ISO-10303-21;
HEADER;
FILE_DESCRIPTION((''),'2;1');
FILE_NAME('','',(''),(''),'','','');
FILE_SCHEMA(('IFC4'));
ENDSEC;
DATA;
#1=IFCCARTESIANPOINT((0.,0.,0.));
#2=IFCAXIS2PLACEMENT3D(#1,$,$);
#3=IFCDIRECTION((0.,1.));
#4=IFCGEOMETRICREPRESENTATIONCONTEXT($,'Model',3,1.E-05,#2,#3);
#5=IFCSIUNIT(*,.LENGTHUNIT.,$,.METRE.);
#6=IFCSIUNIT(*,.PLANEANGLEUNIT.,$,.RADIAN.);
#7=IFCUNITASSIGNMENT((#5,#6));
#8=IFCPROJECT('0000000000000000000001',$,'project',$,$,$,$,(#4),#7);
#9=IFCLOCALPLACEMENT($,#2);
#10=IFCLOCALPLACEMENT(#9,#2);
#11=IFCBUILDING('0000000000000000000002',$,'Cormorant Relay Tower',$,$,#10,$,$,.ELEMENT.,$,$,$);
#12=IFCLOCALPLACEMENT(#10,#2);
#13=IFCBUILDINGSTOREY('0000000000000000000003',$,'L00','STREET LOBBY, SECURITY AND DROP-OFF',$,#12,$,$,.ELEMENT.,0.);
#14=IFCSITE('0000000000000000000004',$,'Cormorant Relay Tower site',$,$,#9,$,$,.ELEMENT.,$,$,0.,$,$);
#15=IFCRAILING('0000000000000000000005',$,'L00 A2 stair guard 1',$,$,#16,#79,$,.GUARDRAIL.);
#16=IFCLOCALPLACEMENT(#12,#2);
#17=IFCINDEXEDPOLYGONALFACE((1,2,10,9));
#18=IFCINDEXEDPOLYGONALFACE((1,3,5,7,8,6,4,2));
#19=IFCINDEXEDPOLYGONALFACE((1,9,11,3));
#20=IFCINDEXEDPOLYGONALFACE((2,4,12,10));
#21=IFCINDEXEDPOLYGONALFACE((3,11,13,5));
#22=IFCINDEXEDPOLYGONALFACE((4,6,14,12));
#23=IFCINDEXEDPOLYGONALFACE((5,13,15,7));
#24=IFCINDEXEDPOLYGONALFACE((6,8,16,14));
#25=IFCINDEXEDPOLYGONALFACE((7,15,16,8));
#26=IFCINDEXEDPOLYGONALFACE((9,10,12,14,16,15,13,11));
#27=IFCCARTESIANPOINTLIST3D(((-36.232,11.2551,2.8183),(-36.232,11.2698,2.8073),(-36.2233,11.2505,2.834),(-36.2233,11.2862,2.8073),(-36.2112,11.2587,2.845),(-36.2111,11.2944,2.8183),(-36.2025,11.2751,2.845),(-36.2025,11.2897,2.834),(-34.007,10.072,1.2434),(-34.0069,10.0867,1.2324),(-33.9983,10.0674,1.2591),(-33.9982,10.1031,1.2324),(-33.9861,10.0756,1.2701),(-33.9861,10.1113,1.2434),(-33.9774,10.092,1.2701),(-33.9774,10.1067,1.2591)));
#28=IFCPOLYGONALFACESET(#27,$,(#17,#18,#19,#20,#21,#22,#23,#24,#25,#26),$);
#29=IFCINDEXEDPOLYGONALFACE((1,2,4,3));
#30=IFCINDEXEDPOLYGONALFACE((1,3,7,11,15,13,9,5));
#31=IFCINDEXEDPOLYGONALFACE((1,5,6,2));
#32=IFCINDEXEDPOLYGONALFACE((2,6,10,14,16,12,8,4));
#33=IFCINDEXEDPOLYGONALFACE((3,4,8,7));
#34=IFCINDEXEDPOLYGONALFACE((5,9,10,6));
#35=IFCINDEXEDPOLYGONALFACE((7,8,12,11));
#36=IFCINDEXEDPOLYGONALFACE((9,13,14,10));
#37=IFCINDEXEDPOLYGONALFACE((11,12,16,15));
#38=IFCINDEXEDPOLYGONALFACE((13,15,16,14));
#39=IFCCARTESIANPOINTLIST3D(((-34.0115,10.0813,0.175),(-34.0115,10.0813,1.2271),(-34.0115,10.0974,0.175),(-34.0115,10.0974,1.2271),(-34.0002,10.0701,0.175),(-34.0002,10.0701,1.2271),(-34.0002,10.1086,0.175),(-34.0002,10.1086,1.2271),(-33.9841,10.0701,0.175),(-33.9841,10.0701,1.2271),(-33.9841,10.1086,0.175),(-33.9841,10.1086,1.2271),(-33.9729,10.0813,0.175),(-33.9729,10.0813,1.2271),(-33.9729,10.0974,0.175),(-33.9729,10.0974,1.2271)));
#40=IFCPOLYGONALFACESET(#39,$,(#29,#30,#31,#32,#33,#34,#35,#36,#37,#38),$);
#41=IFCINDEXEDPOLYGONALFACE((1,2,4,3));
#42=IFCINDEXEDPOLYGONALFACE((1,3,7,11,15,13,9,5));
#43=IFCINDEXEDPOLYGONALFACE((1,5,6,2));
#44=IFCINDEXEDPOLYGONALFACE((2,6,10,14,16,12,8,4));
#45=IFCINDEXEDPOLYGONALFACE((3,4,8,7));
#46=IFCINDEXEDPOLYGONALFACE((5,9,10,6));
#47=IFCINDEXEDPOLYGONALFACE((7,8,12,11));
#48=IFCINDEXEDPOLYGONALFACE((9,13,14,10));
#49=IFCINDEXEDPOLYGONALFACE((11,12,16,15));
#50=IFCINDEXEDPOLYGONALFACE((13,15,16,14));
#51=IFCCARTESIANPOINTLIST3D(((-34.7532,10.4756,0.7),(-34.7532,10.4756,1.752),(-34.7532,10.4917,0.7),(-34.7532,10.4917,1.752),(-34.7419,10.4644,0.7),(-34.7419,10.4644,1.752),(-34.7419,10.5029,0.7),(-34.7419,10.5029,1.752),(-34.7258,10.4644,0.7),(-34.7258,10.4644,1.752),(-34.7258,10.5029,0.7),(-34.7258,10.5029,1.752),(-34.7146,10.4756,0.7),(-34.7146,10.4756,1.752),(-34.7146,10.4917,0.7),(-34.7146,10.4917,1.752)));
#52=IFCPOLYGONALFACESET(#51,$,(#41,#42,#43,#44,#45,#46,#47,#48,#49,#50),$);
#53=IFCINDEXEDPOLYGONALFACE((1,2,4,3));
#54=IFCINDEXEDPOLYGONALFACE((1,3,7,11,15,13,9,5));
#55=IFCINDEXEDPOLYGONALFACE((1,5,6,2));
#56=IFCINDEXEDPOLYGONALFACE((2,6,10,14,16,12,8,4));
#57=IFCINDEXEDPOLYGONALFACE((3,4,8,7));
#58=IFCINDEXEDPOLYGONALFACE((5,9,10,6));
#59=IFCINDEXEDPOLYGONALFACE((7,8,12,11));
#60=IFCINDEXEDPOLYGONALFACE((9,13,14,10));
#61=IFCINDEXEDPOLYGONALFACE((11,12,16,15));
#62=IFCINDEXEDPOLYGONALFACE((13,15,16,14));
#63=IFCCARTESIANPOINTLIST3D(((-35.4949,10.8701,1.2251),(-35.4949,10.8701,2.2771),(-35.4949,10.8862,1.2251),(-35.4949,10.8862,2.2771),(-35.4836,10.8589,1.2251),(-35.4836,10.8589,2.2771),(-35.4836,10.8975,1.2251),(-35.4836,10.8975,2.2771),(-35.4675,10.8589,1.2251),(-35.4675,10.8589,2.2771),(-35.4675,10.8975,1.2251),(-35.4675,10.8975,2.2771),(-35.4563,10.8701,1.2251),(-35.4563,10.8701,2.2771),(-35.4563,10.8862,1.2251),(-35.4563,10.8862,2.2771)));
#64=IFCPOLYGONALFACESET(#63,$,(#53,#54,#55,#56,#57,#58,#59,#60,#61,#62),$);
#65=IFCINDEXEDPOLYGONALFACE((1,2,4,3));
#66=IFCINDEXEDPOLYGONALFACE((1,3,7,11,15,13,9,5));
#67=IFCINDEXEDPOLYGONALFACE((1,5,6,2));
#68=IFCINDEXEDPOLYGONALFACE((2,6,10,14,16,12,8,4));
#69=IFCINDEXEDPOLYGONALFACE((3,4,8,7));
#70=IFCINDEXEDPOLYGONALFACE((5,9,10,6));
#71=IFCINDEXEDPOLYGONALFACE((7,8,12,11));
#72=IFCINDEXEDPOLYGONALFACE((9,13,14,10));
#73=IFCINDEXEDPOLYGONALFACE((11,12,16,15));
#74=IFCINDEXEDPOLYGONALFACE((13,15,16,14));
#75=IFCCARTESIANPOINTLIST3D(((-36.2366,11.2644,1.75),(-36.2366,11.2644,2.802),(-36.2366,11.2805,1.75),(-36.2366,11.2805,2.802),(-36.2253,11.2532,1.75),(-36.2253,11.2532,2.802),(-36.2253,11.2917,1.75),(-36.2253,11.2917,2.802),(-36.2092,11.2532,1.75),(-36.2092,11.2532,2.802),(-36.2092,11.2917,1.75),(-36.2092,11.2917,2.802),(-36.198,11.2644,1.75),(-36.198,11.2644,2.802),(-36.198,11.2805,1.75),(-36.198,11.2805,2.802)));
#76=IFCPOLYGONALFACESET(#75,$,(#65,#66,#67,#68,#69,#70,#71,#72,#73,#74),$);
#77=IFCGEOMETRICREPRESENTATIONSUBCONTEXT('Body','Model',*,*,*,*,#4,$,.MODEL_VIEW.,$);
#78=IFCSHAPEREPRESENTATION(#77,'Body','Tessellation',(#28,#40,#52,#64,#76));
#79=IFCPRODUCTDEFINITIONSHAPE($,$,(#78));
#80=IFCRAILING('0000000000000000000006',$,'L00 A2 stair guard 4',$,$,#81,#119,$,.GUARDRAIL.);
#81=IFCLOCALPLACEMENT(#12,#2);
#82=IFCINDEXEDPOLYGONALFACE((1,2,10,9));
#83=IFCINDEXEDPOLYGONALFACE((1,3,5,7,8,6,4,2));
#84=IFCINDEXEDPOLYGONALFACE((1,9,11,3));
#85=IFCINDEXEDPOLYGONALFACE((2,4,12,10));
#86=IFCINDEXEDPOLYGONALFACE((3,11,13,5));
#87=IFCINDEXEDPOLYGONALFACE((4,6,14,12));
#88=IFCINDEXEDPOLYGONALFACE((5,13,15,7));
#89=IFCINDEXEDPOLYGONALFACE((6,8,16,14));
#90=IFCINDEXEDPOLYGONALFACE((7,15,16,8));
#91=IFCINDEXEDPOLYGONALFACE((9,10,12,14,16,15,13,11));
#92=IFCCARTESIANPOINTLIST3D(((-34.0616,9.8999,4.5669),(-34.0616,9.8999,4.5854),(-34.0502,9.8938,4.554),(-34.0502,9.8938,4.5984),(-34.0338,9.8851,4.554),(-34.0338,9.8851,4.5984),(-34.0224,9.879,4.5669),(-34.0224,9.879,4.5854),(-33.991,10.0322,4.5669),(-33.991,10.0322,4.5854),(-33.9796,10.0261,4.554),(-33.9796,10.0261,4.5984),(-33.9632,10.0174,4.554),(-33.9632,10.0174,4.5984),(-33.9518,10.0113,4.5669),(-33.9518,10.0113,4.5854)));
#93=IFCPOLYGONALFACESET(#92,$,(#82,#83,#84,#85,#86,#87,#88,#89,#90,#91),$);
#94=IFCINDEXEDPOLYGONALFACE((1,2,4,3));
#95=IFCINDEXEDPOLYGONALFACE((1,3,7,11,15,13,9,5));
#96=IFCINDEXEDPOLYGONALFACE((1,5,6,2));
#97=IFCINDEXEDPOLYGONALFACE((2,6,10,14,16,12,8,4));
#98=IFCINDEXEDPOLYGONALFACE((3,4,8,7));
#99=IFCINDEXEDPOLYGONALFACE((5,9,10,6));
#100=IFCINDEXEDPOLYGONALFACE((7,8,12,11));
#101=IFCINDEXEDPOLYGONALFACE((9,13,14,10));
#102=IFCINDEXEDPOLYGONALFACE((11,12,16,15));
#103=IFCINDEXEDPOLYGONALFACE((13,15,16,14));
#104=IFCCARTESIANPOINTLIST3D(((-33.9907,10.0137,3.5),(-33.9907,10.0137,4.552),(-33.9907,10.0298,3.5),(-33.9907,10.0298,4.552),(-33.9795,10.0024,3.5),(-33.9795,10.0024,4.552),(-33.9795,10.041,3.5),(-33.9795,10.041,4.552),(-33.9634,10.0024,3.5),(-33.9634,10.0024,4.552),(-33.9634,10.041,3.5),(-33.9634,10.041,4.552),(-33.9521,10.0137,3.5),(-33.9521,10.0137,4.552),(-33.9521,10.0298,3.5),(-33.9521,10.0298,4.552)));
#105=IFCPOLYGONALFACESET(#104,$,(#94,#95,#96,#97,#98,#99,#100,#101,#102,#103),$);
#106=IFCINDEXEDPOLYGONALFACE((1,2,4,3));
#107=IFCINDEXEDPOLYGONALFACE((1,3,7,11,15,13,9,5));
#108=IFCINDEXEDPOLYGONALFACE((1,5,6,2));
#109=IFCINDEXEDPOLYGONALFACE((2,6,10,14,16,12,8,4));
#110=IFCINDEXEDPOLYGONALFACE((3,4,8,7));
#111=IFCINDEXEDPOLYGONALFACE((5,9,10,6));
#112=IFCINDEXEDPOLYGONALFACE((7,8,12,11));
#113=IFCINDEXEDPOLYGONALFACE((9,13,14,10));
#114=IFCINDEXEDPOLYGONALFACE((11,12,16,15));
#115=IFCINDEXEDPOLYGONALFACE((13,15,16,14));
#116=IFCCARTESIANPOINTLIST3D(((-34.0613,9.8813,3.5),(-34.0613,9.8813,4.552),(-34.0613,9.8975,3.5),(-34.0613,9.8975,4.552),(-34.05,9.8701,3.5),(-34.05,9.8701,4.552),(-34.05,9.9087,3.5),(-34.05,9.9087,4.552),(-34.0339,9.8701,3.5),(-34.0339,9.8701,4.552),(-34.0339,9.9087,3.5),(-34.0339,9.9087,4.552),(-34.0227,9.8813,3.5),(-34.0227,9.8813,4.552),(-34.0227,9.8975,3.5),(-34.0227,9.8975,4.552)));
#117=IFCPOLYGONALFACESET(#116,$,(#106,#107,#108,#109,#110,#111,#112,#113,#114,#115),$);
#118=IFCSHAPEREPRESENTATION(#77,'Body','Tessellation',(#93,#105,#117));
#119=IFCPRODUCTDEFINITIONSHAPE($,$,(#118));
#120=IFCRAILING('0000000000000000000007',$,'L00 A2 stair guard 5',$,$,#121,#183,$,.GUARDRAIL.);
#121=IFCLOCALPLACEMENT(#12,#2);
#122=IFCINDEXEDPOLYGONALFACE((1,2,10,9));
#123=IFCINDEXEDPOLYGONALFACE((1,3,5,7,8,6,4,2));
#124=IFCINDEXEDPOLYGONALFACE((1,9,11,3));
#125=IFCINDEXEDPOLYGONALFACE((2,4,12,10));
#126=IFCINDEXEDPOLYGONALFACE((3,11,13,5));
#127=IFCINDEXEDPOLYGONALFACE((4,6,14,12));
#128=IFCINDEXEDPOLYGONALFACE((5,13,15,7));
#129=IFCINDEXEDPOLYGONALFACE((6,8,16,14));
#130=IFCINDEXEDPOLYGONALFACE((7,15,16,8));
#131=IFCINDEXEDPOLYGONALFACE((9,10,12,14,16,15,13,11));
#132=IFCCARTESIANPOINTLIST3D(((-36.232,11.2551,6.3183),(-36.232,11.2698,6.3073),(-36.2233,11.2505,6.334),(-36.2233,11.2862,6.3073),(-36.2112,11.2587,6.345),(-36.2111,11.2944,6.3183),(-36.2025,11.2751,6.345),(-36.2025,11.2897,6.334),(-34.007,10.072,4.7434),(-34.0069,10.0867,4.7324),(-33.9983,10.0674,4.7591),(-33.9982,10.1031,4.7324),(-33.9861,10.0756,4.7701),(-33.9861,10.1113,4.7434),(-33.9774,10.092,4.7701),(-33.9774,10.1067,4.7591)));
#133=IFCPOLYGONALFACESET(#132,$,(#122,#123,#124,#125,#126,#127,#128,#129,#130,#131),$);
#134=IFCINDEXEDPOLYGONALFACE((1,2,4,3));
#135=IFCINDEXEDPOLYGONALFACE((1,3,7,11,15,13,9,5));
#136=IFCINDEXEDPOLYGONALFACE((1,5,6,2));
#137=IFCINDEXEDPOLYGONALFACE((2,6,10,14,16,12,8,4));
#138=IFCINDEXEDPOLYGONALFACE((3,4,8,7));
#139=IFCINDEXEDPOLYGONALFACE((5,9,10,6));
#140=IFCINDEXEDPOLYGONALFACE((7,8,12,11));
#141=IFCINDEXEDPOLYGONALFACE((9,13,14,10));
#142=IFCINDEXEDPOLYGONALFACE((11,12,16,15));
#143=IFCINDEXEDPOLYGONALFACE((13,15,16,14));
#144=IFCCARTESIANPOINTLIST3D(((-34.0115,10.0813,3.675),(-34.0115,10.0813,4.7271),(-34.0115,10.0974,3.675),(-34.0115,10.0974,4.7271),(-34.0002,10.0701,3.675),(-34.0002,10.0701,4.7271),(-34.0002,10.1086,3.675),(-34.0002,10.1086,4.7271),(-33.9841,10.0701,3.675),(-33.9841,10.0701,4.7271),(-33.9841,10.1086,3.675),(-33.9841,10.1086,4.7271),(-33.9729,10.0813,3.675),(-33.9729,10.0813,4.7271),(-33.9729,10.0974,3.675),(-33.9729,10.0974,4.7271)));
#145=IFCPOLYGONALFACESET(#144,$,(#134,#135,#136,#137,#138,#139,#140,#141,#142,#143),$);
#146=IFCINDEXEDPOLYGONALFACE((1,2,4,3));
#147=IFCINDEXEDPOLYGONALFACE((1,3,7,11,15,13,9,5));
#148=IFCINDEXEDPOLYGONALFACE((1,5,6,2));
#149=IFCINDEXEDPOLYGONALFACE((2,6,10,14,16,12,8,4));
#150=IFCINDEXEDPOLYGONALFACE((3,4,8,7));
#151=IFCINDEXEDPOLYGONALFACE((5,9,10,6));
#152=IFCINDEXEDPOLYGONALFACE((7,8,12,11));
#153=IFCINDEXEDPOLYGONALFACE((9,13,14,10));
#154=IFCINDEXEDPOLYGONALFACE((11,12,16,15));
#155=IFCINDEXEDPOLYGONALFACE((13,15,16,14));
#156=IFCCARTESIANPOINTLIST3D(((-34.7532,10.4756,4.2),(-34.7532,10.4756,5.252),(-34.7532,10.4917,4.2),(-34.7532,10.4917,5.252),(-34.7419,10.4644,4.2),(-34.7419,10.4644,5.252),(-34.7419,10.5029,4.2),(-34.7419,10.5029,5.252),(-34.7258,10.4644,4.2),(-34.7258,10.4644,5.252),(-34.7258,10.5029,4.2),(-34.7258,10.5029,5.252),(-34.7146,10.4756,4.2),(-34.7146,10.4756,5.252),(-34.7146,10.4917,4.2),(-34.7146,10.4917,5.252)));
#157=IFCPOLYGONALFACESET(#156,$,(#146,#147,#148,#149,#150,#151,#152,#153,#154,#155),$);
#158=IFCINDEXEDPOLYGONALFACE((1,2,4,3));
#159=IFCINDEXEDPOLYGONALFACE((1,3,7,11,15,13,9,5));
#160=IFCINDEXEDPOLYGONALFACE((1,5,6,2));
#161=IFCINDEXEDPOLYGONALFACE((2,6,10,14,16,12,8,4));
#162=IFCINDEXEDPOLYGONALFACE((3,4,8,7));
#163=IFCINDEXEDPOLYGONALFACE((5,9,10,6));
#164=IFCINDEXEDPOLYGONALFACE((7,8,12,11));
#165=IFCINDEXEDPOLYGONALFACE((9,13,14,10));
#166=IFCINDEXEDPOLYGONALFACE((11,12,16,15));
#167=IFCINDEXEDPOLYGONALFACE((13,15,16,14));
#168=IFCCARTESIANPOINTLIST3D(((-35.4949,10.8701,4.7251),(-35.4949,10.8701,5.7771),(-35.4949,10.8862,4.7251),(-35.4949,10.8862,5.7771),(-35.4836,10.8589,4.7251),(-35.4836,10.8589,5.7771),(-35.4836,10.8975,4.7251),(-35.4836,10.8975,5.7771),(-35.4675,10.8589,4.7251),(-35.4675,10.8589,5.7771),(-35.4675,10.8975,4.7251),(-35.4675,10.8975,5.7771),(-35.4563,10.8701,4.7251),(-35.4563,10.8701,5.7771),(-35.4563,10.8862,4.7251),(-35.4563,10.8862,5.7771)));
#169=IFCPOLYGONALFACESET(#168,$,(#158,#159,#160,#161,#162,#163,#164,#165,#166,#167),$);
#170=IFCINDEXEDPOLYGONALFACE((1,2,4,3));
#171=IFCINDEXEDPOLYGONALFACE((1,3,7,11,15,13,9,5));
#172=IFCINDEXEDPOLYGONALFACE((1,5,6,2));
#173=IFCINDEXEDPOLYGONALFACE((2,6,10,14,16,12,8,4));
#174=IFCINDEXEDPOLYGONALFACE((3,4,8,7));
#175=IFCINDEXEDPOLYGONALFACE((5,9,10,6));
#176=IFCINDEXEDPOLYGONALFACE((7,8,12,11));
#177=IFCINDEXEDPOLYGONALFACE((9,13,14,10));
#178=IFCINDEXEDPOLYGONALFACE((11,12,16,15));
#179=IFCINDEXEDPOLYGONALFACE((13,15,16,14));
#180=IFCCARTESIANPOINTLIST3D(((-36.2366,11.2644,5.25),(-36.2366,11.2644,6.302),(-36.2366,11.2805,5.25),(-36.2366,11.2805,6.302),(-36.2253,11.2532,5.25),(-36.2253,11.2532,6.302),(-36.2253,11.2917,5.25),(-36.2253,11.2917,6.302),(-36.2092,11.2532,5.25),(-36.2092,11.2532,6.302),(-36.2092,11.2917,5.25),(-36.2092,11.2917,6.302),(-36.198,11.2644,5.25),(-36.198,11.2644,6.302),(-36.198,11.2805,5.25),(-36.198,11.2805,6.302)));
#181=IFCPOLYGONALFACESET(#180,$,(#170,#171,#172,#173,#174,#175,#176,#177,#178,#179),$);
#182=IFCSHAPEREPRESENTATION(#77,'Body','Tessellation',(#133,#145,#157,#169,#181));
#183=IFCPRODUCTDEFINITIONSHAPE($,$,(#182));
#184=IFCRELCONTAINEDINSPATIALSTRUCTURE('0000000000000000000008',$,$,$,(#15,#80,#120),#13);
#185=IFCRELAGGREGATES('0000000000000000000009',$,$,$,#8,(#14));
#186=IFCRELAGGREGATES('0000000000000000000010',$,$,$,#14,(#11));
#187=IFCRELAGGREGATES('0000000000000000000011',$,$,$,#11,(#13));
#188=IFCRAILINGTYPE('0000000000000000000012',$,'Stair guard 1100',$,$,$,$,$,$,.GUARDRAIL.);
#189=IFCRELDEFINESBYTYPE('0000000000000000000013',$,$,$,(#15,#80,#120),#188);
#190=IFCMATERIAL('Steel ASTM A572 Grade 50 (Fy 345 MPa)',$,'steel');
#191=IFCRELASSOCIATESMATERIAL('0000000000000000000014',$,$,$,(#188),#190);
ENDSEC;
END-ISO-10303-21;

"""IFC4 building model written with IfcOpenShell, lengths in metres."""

from ifc_helpers import new_model, si_unit, direction, frame, origin, place, context, subcontext, project, spatial, polyline, outline, extrude, material, type_object, element, save


model = new_model("IFC4")

# Units and contexts
model_context = context("Model", 3, precision=1e-05, world=origin(), true_north=direction((0.0, 1.0)))
body_context = subcontext(model_context, "Body", "Model", "MODEL_VIEW")
ifc_project = project(units=[si_unit("LENGTHUNIT", "METRE"), si_unit("PLANEANGLEUNIT", "RADIAN")], contexts=[model_context])

# Site, building, storey
site_placement = place(None, origin())
site = spatial("IfcSite", under=ifc_project, at=site_placement, Name="Cormorant Relay Tower site", CompositionType="ELEMENT", RefElevation=0.0)
building_placement = place(site_placement, origin())
building = spatial("IfcBuilding", under=site, at=building_placement, Name="Cormorant Relay Tower", CompositionType="ELEMENT")
storey_placement = place(building_placement, origin())
storey = spatial("IfcBuildingStorey", under=building, at=storey_placement, Name="L00", Description="STREET LOBBY, SECURITY AND DROP-OFF", CompositionType="ELEMENT", Elevation=0.0)

# Railings
ifc_material_1 = material(Name="Steel ASTM A572 Grade 50 (Fy 345 MPa)", Category="steel")
railing_type_1 = type_object("IfcRailingType", Name="Stair guard 1100", PredefinedType="GUARDRAIL", material=ifc_material_1)
railing_1_placement = place(storey_placement, frame((-33.9922, 10.0894, 0.175)))
element("IfcRailing", 1, at=railing_1_placement, inside=storey, type_object=railing_type_1, Name="L00 A2 stair guard 1", PredefinedType="GUARDRAIL", context=body_context, shape_type="SweptSolid", body=[
    extrude(outline(polyline([(0.0222, 0.0093), (0.0093, 0.0222), (-0.0093, 0.0222), (-0.0222, 0.0093), (-0.0222, -0.0093), (-0.0093, -0.0222), (0.0093, -0.0222), (0.0222, -0.0093), (0.0222, 0.0093)])), frame((0.0, 0.0, 1.0762), z_axis=(-0.748751, 0.398118, 0.529975), x_axis=(-0.469472, -0.882948, 0.0)), (0.0, 0.0, 1.0), 2.9717),
    extrude(outline(polyline([(0.0193, 0.0081), (0.0081, 0.0193), (-0.0081, 0.0193), (-0.0193, 0.0081), (-0.0193, -0.0081), (-0.0081, -0.0193), (0.0081, -0.0193), (0.0193, -0.0081), (0.0193, 0.0081)])), origin(), (0.0, 0.0, 1.0), 1.052),
    extrude(outline(polyline([(0.0193, 0.0081), (0.0081, 0.0193), (-0.0081, 0.0193), (-0.0193, 0.0081), (-0.0193, -0.0081), (-0.0081, -0.0193), (0.0081, -0.0193), (0.0193, -0.0081), (0.0193, 0.0081)])), frame((-0.7417, 0.3943, 0.5249)), (0.0, 0.0, 1.0), 1.052),
    extrude(outline(polyline([(0.0193, 0.0081), (0.0081, 0.0193), (-0.0081, 0.0193), (-0.0193, 0.0081), (-0.0193, -0.0081), (-0.0081, -0.0193), (0.0081, -0.0193), (0.0193, -0.0081), (0.0193, 0.0081)])), frame((-1.4834, 0.7888, 1.05)), (0.0, 0.0, 1.0), 1.052),
    extrude(outline(polyline([(0.0193, 0.0081), (0.0081, 0.0193), (-0.0081, 0.0193), (-0.0193, 0.0081), (-0.0193, -0.0081), (-0.0081, -0.0193), (0.0081, -0.0193), (0.0193, -0.0081), (0.0193, 0.0081)])), frame((-2.2251, 1.1831, 1.575)), (0.0, 0.0, 1.0), 1.052),
])
railing_2_placement = place(storey_placement, frame((-33.9714, 10.0217, 3.5)))
element("IfcRailing", 2, at=railing_2_placement, inside=storey, type_object=railing_type_1, Name="L00 A2 stair guard 4", PredefinedType="GUARDRAIL", context=body_context, shape_type="SweptSolid", body=[
    extrude(outline(polyline([(0.0222, 0.0093), (0.0093, 0.0222), (-0.0093, 0.0222), (-0.0222, 0.0093), (-0.0222, -0.0093), (-0.0093, -0.0222), (0.0093, -0.0222), (0.0222, -0.0093), (0.0222, 0.0093)])), frame((0.0, 0.0, 1.0762), z_axis=(-0.470504, -0.882398, 0.0), x_axis=(0.882398, -0.470504, 0.0)), (0.0, 0.0, 1.0), 0.1499),
    extrude(outline(polyline([(0.0193, 0.0081), (0.0081, 0.0193), (-0.0081, 0.0193), (-0.0193, 0.0081), (-0.0193, -0.0081), (-0.0081, -0.0193), (0.0081, -0.0193), (0.0193, -0.0081), (0.0193, 0.0081)])), origin(), (0.0, 0.0, 1.0), 1.052),
    extrude(outline(polyline([(0.0193, 0.0081), (0.0081, 0.0193), (-0.0081, 0.0193), (-0.0193, 0.0081), (-0.0193, -0.0081), (-0.0081, -0.0193), (0.0081, -0.0193), (0.0193, -0.0081), (0.0193, 0.0081)])), frame((-0.0706, -0.1323, 0.0)), (0.0, 0.0, 1.0), 1.052),
])
railing_3_placement = place(storey_placement, frame((-33.9922, 10.0894, 3.675)))
element("IfcRailing", 3, at=railing_3_placement, inside=storey, type_object=railing_type_1, Name="L00 A2 stair guard 5", PredefinedType="GUARDRAIL", context=body_context, shape_type="SweptSolid", body=[
    extrude(outline(polyline([(0.0222, 0.0093), (0.0093, 0.0222), (-0.0093, 0.0222), (-0.0222, 0.0093), (-0.0222, -0.0093), (-0.0093, -0.0222), (0.0093, -0.0222), (0.0222, -0.0093), (0.0222, 0.0093)])), frame((0.0, 0.0, 1.0762), z_axis=(-0.748751, 0.398118, 0.529975), x_axis=(-0.469472, -0.882948, 0.0)), (0.0, 0.0, 1.0), 2.9717),
    extrude(outline(polyline([(0.0193, 0.0081), (0.0081, 0.0193), (-0.0081, 0.0193), (-0.0193, 0.0081), (-0.0193, -0.0081), (-0.0081, -0.0193), (0.0081, -0.0193), (0.0193, -0.0081), (0.0193, 0.0081)])), origin(), (0.0, 0.0, 1.0), 1.052),
    extrude(outline(polyline([(0.0193, 0.0081), (0.0081, 0.0193), (-0.0081, 0.0193), (-0.0193, 0.0081), (-0.0193, -0.0081), (-0.0081, -0.0193), (0.0081, -0.0193), (0.0193, -0.0081), (0.0193, 0.0081)])), frame((-0.7417, 0.3943, 0.5249)), (0.0, 0.0, 1.0), 1.052),
    extrude(outline(polyline([(0.0193, 0.0081), (0.0081, 0.0193), (-0.0081, 0.0193), (-0.0193, 0.0081), (-0.0193, -0.0081), (-0.0081, -0.0193), (0.0081, -0.0193), (0.0193, -0.0081), (0.0193, 0.0081)])), frame((-1.4834, 0.7888, 1.05)), (0.0, 0.0, 1.0), 1.052),
    extrude(outline(polyline([(0.0193, 0.0081), (0.0081, 0.0193), (-0.0081, 0.0193), (-0.0193, 0.0081), (-0.0193, -0.0081), (-0.0081, -0.0193), (0.0081, -0.0193), (0.0193, -0.0081), (0.0193, 0.0081)])), frame((-2.2251, 1.1831, 1.575)), (0.0, 0.0, 1.0), 1.052),
])

save(model, "model.ifc")
